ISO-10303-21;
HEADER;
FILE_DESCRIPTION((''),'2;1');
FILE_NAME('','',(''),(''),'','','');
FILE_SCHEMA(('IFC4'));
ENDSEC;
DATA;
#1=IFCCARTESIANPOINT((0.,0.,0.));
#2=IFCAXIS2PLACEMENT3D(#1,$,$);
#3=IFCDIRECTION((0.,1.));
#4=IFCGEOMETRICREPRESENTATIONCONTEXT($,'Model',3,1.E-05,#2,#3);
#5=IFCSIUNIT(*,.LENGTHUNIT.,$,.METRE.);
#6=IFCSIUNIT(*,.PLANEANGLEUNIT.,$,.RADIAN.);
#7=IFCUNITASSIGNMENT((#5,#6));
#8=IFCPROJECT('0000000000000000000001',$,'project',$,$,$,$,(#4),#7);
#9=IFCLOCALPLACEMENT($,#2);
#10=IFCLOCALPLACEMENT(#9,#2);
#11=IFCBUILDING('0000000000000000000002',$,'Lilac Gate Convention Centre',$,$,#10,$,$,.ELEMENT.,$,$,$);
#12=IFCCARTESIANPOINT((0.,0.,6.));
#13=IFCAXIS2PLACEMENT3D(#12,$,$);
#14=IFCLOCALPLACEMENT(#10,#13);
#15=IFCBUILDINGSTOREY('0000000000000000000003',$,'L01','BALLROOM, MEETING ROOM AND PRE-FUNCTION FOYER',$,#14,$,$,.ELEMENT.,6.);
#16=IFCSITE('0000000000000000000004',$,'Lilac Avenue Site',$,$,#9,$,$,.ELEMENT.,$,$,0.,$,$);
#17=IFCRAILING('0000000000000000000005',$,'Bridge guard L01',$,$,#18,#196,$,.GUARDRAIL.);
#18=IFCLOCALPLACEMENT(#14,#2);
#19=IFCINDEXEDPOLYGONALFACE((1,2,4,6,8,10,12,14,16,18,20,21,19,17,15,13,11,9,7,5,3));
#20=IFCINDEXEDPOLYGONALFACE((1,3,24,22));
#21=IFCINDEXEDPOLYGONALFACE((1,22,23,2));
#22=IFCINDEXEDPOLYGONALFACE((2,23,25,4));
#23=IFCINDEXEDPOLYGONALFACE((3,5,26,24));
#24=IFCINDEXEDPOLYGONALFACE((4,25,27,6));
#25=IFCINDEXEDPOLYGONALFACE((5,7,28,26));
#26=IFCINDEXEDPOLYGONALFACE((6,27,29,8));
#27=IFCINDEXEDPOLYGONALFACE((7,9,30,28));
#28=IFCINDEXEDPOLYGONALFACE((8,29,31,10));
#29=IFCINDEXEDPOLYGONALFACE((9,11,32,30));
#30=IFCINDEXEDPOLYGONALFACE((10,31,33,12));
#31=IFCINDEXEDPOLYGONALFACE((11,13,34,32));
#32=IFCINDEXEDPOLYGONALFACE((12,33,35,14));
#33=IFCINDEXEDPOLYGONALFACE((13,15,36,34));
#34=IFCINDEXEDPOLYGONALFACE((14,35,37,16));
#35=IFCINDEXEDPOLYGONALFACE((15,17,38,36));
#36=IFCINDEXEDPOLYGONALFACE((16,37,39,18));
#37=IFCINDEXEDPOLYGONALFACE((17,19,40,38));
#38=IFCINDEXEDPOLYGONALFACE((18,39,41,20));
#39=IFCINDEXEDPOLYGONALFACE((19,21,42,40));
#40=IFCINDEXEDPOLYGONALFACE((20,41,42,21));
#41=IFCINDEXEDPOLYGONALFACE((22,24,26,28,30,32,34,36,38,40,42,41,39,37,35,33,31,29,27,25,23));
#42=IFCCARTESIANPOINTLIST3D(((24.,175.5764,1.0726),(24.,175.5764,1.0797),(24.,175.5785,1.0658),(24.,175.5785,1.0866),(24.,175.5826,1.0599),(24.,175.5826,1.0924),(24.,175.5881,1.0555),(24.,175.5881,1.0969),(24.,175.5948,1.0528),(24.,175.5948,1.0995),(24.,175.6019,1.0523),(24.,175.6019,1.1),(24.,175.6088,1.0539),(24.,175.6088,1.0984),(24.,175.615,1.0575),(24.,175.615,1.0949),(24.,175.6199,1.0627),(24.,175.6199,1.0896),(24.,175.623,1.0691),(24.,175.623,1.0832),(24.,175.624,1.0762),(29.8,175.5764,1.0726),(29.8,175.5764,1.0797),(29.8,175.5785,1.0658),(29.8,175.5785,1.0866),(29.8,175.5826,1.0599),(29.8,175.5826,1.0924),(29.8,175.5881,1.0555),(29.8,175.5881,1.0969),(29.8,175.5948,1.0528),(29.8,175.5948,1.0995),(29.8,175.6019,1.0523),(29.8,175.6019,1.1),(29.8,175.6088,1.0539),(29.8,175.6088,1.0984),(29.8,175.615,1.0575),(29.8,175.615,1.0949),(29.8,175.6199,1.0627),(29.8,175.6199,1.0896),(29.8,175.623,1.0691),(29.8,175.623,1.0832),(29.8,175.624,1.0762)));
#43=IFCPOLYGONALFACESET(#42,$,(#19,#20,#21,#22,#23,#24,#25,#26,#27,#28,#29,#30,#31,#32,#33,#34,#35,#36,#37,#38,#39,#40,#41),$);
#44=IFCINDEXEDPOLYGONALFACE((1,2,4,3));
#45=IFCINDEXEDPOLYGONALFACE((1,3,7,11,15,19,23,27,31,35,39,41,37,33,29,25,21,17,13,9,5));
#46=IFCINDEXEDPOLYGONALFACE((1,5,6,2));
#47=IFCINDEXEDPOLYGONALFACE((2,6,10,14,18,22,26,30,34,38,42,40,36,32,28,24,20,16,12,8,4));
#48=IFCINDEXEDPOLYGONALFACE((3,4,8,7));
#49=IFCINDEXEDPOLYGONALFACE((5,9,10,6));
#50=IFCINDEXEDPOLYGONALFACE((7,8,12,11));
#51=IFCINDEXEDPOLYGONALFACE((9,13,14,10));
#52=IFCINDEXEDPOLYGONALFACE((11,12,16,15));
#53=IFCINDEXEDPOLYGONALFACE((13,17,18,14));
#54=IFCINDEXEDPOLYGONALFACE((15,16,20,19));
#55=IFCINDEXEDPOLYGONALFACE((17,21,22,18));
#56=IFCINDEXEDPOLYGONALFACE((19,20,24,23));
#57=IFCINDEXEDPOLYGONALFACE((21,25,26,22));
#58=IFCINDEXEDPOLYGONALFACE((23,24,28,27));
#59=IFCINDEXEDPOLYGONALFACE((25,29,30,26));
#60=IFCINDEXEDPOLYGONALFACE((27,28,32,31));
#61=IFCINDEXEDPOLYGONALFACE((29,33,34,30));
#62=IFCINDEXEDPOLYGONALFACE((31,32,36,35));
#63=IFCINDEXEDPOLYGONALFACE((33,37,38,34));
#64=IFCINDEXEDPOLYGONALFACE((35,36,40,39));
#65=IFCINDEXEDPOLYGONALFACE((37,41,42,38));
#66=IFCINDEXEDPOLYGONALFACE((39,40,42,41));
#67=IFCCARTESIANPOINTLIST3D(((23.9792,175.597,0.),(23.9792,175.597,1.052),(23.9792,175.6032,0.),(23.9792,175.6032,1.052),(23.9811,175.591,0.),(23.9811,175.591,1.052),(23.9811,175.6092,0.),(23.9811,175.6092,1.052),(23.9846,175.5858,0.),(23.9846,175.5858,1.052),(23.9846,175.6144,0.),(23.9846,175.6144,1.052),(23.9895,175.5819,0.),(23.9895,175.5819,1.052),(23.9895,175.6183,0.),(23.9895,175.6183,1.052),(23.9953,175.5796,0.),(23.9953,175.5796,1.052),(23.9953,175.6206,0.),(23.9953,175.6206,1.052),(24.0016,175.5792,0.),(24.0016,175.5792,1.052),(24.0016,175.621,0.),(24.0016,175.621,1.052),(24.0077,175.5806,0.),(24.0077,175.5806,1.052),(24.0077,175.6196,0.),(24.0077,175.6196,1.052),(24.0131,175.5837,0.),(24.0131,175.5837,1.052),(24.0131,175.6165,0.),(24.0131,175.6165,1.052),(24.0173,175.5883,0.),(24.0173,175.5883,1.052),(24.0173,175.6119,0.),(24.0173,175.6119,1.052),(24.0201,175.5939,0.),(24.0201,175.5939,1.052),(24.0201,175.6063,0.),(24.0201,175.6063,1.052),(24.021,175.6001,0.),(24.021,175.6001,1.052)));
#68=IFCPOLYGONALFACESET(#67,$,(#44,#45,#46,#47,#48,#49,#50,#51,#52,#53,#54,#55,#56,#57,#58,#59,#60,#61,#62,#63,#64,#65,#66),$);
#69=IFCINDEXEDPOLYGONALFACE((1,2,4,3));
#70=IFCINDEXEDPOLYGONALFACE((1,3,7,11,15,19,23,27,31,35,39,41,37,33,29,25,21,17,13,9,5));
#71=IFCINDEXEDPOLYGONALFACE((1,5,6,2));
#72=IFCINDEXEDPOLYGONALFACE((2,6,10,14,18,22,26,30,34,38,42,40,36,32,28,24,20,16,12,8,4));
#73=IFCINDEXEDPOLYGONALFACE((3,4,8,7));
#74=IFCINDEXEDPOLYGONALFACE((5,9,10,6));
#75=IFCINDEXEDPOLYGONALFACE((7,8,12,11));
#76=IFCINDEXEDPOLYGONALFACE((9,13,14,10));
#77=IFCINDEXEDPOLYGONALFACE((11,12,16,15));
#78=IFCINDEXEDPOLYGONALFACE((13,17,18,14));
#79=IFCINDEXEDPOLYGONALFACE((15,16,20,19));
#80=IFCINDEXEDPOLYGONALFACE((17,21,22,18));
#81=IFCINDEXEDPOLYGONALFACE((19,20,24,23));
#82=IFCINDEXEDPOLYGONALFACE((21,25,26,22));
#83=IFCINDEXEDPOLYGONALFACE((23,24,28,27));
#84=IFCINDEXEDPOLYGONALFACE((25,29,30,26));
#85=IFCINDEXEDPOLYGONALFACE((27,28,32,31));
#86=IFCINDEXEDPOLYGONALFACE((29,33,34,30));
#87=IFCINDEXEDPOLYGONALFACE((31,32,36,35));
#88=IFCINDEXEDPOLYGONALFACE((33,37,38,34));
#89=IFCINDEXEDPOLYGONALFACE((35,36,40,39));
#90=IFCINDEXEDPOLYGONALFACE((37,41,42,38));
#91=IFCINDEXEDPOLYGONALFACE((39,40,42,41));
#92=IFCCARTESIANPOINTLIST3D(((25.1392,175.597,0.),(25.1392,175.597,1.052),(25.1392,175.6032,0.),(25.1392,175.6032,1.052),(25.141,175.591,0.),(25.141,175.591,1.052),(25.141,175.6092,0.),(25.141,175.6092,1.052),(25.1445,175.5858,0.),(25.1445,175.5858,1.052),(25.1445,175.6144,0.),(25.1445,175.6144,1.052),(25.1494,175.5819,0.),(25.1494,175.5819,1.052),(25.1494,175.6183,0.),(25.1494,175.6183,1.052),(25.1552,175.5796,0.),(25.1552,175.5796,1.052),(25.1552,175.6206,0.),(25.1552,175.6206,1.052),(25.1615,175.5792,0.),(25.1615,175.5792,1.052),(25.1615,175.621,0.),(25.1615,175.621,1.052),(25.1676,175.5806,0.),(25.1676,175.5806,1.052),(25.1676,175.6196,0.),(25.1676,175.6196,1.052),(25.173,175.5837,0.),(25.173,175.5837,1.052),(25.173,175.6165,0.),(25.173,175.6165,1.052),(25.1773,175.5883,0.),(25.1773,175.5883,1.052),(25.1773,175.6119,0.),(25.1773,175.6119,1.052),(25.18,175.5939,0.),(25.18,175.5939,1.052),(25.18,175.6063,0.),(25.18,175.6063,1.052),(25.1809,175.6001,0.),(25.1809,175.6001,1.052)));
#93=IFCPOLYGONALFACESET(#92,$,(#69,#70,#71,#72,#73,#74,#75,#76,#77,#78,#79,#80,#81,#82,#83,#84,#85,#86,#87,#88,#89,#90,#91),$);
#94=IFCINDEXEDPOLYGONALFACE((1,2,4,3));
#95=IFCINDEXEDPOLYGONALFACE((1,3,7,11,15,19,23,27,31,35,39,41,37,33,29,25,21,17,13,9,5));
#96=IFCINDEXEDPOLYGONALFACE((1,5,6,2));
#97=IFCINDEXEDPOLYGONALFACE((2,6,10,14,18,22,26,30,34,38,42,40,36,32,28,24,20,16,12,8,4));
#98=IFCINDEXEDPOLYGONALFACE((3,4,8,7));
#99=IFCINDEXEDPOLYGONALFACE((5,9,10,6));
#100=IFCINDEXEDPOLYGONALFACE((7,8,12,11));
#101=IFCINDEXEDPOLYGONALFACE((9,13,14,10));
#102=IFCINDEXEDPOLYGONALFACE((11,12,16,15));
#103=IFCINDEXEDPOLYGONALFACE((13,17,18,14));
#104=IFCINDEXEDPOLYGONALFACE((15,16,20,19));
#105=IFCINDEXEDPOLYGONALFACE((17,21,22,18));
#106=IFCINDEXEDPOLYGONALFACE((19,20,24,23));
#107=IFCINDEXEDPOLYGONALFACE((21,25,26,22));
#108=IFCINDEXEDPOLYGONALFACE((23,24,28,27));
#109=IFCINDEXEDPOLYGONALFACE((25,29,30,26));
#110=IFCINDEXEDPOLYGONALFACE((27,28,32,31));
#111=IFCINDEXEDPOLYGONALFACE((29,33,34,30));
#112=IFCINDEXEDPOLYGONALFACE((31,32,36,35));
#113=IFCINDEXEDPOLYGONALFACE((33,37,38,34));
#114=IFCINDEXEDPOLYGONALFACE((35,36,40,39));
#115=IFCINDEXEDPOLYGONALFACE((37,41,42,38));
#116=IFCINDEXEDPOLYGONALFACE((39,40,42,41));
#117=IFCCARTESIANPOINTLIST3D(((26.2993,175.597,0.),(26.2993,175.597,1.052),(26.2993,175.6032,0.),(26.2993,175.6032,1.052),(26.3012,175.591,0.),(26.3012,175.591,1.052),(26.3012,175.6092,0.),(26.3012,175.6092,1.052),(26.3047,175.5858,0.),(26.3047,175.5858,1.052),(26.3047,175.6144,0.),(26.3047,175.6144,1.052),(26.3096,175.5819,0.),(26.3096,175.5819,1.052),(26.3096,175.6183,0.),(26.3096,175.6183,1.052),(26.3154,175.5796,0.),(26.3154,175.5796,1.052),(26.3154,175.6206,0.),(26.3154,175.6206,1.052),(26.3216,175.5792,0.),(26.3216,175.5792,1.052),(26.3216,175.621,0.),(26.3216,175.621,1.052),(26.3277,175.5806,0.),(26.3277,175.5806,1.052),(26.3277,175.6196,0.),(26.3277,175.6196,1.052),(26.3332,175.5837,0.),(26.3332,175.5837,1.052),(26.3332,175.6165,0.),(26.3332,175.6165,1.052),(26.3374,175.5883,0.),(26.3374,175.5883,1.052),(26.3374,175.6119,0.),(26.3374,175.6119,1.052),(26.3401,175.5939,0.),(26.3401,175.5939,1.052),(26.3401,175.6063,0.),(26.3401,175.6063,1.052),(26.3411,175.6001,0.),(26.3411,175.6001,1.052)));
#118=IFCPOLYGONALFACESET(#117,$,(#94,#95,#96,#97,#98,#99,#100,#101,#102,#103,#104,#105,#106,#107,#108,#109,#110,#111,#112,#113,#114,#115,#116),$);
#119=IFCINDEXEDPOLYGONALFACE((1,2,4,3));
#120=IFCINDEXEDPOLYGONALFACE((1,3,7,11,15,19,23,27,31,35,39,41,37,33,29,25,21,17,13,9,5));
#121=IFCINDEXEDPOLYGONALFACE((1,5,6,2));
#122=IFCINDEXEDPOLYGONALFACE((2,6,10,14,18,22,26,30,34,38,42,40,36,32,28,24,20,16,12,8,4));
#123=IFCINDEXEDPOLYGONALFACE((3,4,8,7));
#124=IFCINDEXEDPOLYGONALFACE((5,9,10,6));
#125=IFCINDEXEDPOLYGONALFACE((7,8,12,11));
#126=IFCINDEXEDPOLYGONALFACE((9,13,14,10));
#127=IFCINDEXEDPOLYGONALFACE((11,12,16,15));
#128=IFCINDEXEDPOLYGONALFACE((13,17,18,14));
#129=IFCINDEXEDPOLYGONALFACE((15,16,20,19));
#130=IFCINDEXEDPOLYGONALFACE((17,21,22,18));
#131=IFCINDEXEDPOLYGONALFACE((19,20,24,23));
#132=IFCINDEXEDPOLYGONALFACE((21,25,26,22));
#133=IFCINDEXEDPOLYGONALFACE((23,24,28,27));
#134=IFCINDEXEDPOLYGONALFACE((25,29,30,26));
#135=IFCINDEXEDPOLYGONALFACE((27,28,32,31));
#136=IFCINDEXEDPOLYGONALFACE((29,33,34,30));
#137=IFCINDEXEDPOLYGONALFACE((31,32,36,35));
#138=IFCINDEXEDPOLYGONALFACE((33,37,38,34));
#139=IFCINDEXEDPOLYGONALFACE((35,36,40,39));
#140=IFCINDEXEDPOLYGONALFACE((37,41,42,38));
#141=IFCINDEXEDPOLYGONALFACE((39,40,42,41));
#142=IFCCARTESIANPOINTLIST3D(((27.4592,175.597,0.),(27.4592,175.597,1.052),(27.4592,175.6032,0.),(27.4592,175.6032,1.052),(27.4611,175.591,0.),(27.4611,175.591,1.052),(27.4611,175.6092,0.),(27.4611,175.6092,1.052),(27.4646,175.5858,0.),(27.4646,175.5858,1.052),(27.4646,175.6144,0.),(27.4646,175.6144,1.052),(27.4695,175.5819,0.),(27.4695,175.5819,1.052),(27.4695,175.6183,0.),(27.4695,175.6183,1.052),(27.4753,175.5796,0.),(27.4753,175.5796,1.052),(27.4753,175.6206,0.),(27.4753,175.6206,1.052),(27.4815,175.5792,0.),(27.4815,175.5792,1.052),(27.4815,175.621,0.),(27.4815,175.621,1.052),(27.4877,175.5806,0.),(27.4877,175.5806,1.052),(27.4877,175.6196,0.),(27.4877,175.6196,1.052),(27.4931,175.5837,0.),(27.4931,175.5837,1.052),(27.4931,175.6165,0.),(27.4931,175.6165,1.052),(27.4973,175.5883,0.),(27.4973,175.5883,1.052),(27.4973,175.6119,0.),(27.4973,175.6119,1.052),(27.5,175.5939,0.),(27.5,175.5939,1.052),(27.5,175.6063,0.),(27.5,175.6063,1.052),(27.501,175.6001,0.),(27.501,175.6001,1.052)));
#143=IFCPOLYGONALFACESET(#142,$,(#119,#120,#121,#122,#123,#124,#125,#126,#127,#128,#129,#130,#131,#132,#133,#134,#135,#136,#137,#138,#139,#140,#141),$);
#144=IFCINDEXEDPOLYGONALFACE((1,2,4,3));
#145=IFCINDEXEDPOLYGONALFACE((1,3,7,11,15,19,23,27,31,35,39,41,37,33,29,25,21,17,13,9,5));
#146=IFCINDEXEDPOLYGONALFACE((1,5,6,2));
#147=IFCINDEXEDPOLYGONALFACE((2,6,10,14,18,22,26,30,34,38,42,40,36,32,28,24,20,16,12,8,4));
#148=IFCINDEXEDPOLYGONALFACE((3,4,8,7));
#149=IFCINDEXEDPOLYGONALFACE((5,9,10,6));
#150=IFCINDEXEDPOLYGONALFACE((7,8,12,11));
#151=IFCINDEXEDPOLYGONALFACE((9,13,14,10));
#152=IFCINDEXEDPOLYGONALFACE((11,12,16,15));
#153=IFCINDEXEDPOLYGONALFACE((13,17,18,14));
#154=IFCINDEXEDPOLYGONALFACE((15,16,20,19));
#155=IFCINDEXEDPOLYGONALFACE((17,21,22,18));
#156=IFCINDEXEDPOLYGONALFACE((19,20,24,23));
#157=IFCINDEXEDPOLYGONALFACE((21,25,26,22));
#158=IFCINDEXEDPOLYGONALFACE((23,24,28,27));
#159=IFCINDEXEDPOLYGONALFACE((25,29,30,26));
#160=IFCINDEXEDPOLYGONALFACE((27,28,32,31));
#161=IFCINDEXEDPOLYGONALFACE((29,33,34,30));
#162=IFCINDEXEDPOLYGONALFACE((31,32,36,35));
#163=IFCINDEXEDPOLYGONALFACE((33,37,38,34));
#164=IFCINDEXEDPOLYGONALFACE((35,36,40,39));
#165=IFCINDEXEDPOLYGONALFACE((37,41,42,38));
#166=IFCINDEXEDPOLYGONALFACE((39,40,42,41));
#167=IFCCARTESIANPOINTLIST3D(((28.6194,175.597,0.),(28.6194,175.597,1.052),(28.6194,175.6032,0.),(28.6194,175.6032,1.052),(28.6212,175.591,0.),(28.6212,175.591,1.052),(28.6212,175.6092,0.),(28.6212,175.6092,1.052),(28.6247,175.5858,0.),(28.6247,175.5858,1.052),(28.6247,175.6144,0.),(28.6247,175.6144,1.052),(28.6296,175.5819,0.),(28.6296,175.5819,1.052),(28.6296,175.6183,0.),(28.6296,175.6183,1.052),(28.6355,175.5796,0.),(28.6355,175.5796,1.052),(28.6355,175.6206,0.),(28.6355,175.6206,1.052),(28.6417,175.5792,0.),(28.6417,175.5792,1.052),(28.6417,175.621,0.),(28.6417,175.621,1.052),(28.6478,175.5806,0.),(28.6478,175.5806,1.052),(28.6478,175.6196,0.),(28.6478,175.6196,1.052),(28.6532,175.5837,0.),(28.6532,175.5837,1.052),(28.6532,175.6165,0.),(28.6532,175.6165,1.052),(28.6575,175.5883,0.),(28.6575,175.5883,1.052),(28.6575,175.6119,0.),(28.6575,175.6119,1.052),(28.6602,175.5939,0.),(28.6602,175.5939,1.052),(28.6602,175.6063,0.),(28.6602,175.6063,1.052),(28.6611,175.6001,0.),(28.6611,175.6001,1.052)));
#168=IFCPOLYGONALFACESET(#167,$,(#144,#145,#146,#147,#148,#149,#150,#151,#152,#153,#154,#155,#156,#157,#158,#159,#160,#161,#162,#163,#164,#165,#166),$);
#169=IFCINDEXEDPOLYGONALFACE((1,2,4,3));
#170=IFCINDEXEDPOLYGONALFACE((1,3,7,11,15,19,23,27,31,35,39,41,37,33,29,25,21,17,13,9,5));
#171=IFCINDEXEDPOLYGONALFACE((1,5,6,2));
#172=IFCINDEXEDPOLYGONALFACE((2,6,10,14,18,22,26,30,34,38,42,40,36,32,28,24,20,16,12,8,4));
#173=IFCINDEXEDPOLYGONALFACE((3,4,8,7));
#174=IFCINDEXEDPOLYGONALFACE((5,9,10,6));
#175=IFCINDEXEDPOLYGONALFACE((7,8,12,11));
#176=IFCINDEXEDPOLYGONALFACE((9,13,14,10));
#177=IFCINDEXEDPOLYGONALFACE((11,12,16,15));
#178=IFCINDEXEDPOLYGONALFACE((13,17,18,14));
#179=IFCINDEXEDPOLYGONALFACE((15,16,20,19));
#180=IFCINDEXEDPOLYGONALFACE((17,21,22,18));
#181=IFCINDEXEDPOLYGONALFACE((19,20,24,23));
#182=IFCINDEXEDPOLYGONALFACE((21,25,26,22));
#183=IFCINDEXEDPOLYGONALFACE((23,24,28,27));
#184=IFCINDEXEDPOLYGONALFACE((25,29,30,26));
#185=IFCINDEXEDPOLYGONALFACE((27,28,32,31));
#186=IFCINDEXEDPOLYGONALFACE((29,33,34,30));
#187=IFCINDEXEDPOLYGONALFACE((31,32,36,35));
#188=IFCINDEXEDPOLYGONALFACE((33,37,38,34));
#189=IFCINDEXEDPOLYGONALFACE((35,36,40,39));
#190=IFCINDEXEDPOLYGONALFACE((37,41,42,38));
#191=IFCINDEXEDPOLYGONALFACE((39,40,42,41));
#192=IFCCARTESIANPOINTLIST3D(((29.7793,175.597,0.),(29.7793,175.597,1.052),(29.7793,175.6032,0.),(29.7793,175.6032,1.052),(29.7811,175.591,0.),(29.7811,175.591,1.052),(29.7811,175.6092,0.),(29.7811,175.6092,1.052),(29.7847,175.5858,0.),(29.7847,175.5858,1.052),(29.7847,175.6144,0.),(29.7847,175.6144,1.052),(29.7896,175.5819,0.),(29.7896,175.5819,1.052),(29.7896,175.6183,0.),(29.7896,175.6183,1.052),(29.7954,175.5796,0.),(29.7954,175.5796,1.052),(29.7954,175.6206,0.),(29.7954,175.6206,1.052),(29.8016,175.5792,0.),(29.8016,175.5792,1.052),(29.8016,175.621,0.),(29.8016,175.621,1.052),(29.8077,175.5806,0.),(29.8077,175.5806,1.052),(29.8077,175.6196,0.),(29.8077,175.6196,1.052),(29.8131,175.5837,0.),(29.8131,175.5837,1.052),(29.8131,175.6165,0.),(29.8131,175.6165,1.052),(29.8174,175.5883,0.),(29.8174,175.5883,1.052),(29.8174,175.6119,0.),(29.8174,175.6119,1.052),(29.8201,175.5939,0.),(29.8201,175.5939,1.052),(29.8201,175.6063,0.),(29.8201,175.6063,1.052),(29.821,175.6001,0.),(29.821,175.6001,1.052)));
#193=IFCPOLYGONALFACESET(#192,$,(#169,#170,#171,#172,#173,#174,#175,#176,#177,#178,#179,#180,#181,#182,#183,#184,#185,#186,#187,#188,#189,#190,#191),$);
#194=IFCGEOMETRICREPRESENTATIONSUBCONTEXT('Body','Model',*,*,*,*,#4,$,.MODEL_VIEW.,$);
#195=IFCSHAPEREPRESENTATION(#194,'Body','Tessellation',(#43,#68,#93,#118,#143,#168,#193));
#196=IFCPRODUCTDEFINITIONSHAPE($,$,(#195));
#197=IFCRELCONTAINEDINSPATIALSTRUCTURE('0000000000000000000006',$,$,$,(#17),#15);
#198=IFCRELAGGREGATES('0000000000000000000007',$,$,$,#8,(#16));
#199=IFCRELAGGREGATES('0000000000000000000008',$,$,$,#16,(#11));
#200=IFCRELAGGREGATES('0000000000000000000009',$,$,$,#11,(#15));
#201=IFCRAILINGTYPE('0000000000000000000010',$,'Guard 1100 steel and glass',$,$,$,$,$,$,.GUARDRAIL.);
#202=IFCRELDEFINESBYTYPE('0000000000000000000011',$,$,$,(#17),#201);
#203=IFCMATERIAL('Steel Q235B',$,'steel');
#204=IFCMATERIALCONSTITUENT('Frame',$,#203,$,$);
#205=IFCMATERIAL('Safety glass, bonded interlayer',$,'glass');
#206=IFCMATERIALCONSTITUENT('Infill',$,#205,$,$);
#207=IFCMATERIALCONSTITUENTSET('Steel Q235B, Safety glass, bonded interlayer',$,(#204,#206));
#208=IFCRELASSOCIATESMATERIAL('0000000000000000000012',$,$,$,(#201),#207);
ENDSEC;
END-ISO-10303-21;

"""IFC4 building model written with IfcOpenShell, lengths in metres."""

from ifc_helpers import new_model, si_unit, direction, frame, origin, origin_2d, place, context, subcontext, project, spatial, circle, extrude, material, constituent, constituent_set, type_object, element, save


model = new_model("IFC4")

# Units and contexts
model_context = context("Model", 3, precision=1e-05, world=origin(), true_north=direction((0.0, 1.0)))
body_context = subcontext(model_context, "Body", "Model", "MODEL_VIEW")
ifc_project = project(units=[si_unit("LENGTHUNIT", "METRE"), si_unit("PLANEANGLEUNIT", "RADIAN")], contexts=[model_context])

# Site, building, storey
site_placement = place(None, origin())
site = spatial("IfcSite", under=ifc_project, at=site_placement, Name="Lilac Avenue Site", CompositionType="ELEMENT", RefElevation=0.0)
building_placement = place(site_placement, origin())
building = spatial("IfcBuilding", under=site, at=building_placement, Name="Lilac Gate Convention Centre", CompositionType="ELEMENT")
storey_placement = place(building_placement, frame((0.0, 0.0, 6.0)))
storey = spatial("IfcBuildingStorey", under=building, at=storey_placement, Name="L01", Description="BALLROOM, MEETING ROOM AND PRE-FUNCTION FOYER", CompositionType="ELEMENT", Elevation=6.0)

# Shared definitions
ifc_material_1 = material(Name="Steel Q235B", Category="steel")

# Railing
ifc_constituent_1 = constituent(ifc_material_1, Name="Frame")
ifc_material_2 = material(Name="Safety glass, bonded interlayer", Category="glass")
ifc_constituent_2 = constituent(ifc_material_2, Name="Infill")
ifc_constituent_set = constituent_set(constituents=[ifc_constituent_1, ifc_constituent_2], Name="Steel Q235B, Safety glass, bonded interlayer")
railing_type = type_object("IfcRailingType", Name="Guard 1100 steel and glass", PredefinedType="GUARDRAIL", material=ifc_constituent_set)
for number, where, name in (
    (1, (24.0, 175.6001, 0.0), "Bridge guard L01"),
):
    element("IfcRailing", number, at=place(storey_placement, frame(where)), inside=storey, type_object=railing_type, Name=name, PredefinedType="GUARDRAIL", context=body_context, shape_type="SweptSolid", body=[
        extrude(circle(Radius=0.0239, at=origin_2d()), frame((0.0, 0.0, 1.0762), z_axis=(1.0, 0.0, 0.0), x_axis=(0.0, 1.0, 0.0)), (0.0, 0.0, 1.0), 5.8),
        extrude(circle(Radius=0.021, at=origin_2d()), origin(), (0.0, 0.0, 1.0), 1.052),
        extrude(circle(Radius=0.021, at=origin_2d()), frame((1.1599, 0.0, 0.0)), (0.0, 0.0, 1.0), 1.052),
        extrude(circle(Radius=0.021, at=origin_2d()), frame((2.3201, 0.0, 0.0)), (0.0, 0.0, 1.0), 1.052),
        extrude(circle(Radius=0.021, at=origin_2d()), frame((3.48, 0.0, 0.0)), (0.0, 0.0, 1.0), 1.052),
        extrude(circle(Radius=0.021, at=origin_2d()), frame((4.6401, 0.0, 0.0)), (0.0, 0.0, 1.0), 1.052),
        extrude(circle(Radius=0.021, at=origin_2d()), frame((5.8, 0.0, 0.0)), (0.0, 0.0, 1.0), 1.052),
    ])

save(model, "model.ifc")
